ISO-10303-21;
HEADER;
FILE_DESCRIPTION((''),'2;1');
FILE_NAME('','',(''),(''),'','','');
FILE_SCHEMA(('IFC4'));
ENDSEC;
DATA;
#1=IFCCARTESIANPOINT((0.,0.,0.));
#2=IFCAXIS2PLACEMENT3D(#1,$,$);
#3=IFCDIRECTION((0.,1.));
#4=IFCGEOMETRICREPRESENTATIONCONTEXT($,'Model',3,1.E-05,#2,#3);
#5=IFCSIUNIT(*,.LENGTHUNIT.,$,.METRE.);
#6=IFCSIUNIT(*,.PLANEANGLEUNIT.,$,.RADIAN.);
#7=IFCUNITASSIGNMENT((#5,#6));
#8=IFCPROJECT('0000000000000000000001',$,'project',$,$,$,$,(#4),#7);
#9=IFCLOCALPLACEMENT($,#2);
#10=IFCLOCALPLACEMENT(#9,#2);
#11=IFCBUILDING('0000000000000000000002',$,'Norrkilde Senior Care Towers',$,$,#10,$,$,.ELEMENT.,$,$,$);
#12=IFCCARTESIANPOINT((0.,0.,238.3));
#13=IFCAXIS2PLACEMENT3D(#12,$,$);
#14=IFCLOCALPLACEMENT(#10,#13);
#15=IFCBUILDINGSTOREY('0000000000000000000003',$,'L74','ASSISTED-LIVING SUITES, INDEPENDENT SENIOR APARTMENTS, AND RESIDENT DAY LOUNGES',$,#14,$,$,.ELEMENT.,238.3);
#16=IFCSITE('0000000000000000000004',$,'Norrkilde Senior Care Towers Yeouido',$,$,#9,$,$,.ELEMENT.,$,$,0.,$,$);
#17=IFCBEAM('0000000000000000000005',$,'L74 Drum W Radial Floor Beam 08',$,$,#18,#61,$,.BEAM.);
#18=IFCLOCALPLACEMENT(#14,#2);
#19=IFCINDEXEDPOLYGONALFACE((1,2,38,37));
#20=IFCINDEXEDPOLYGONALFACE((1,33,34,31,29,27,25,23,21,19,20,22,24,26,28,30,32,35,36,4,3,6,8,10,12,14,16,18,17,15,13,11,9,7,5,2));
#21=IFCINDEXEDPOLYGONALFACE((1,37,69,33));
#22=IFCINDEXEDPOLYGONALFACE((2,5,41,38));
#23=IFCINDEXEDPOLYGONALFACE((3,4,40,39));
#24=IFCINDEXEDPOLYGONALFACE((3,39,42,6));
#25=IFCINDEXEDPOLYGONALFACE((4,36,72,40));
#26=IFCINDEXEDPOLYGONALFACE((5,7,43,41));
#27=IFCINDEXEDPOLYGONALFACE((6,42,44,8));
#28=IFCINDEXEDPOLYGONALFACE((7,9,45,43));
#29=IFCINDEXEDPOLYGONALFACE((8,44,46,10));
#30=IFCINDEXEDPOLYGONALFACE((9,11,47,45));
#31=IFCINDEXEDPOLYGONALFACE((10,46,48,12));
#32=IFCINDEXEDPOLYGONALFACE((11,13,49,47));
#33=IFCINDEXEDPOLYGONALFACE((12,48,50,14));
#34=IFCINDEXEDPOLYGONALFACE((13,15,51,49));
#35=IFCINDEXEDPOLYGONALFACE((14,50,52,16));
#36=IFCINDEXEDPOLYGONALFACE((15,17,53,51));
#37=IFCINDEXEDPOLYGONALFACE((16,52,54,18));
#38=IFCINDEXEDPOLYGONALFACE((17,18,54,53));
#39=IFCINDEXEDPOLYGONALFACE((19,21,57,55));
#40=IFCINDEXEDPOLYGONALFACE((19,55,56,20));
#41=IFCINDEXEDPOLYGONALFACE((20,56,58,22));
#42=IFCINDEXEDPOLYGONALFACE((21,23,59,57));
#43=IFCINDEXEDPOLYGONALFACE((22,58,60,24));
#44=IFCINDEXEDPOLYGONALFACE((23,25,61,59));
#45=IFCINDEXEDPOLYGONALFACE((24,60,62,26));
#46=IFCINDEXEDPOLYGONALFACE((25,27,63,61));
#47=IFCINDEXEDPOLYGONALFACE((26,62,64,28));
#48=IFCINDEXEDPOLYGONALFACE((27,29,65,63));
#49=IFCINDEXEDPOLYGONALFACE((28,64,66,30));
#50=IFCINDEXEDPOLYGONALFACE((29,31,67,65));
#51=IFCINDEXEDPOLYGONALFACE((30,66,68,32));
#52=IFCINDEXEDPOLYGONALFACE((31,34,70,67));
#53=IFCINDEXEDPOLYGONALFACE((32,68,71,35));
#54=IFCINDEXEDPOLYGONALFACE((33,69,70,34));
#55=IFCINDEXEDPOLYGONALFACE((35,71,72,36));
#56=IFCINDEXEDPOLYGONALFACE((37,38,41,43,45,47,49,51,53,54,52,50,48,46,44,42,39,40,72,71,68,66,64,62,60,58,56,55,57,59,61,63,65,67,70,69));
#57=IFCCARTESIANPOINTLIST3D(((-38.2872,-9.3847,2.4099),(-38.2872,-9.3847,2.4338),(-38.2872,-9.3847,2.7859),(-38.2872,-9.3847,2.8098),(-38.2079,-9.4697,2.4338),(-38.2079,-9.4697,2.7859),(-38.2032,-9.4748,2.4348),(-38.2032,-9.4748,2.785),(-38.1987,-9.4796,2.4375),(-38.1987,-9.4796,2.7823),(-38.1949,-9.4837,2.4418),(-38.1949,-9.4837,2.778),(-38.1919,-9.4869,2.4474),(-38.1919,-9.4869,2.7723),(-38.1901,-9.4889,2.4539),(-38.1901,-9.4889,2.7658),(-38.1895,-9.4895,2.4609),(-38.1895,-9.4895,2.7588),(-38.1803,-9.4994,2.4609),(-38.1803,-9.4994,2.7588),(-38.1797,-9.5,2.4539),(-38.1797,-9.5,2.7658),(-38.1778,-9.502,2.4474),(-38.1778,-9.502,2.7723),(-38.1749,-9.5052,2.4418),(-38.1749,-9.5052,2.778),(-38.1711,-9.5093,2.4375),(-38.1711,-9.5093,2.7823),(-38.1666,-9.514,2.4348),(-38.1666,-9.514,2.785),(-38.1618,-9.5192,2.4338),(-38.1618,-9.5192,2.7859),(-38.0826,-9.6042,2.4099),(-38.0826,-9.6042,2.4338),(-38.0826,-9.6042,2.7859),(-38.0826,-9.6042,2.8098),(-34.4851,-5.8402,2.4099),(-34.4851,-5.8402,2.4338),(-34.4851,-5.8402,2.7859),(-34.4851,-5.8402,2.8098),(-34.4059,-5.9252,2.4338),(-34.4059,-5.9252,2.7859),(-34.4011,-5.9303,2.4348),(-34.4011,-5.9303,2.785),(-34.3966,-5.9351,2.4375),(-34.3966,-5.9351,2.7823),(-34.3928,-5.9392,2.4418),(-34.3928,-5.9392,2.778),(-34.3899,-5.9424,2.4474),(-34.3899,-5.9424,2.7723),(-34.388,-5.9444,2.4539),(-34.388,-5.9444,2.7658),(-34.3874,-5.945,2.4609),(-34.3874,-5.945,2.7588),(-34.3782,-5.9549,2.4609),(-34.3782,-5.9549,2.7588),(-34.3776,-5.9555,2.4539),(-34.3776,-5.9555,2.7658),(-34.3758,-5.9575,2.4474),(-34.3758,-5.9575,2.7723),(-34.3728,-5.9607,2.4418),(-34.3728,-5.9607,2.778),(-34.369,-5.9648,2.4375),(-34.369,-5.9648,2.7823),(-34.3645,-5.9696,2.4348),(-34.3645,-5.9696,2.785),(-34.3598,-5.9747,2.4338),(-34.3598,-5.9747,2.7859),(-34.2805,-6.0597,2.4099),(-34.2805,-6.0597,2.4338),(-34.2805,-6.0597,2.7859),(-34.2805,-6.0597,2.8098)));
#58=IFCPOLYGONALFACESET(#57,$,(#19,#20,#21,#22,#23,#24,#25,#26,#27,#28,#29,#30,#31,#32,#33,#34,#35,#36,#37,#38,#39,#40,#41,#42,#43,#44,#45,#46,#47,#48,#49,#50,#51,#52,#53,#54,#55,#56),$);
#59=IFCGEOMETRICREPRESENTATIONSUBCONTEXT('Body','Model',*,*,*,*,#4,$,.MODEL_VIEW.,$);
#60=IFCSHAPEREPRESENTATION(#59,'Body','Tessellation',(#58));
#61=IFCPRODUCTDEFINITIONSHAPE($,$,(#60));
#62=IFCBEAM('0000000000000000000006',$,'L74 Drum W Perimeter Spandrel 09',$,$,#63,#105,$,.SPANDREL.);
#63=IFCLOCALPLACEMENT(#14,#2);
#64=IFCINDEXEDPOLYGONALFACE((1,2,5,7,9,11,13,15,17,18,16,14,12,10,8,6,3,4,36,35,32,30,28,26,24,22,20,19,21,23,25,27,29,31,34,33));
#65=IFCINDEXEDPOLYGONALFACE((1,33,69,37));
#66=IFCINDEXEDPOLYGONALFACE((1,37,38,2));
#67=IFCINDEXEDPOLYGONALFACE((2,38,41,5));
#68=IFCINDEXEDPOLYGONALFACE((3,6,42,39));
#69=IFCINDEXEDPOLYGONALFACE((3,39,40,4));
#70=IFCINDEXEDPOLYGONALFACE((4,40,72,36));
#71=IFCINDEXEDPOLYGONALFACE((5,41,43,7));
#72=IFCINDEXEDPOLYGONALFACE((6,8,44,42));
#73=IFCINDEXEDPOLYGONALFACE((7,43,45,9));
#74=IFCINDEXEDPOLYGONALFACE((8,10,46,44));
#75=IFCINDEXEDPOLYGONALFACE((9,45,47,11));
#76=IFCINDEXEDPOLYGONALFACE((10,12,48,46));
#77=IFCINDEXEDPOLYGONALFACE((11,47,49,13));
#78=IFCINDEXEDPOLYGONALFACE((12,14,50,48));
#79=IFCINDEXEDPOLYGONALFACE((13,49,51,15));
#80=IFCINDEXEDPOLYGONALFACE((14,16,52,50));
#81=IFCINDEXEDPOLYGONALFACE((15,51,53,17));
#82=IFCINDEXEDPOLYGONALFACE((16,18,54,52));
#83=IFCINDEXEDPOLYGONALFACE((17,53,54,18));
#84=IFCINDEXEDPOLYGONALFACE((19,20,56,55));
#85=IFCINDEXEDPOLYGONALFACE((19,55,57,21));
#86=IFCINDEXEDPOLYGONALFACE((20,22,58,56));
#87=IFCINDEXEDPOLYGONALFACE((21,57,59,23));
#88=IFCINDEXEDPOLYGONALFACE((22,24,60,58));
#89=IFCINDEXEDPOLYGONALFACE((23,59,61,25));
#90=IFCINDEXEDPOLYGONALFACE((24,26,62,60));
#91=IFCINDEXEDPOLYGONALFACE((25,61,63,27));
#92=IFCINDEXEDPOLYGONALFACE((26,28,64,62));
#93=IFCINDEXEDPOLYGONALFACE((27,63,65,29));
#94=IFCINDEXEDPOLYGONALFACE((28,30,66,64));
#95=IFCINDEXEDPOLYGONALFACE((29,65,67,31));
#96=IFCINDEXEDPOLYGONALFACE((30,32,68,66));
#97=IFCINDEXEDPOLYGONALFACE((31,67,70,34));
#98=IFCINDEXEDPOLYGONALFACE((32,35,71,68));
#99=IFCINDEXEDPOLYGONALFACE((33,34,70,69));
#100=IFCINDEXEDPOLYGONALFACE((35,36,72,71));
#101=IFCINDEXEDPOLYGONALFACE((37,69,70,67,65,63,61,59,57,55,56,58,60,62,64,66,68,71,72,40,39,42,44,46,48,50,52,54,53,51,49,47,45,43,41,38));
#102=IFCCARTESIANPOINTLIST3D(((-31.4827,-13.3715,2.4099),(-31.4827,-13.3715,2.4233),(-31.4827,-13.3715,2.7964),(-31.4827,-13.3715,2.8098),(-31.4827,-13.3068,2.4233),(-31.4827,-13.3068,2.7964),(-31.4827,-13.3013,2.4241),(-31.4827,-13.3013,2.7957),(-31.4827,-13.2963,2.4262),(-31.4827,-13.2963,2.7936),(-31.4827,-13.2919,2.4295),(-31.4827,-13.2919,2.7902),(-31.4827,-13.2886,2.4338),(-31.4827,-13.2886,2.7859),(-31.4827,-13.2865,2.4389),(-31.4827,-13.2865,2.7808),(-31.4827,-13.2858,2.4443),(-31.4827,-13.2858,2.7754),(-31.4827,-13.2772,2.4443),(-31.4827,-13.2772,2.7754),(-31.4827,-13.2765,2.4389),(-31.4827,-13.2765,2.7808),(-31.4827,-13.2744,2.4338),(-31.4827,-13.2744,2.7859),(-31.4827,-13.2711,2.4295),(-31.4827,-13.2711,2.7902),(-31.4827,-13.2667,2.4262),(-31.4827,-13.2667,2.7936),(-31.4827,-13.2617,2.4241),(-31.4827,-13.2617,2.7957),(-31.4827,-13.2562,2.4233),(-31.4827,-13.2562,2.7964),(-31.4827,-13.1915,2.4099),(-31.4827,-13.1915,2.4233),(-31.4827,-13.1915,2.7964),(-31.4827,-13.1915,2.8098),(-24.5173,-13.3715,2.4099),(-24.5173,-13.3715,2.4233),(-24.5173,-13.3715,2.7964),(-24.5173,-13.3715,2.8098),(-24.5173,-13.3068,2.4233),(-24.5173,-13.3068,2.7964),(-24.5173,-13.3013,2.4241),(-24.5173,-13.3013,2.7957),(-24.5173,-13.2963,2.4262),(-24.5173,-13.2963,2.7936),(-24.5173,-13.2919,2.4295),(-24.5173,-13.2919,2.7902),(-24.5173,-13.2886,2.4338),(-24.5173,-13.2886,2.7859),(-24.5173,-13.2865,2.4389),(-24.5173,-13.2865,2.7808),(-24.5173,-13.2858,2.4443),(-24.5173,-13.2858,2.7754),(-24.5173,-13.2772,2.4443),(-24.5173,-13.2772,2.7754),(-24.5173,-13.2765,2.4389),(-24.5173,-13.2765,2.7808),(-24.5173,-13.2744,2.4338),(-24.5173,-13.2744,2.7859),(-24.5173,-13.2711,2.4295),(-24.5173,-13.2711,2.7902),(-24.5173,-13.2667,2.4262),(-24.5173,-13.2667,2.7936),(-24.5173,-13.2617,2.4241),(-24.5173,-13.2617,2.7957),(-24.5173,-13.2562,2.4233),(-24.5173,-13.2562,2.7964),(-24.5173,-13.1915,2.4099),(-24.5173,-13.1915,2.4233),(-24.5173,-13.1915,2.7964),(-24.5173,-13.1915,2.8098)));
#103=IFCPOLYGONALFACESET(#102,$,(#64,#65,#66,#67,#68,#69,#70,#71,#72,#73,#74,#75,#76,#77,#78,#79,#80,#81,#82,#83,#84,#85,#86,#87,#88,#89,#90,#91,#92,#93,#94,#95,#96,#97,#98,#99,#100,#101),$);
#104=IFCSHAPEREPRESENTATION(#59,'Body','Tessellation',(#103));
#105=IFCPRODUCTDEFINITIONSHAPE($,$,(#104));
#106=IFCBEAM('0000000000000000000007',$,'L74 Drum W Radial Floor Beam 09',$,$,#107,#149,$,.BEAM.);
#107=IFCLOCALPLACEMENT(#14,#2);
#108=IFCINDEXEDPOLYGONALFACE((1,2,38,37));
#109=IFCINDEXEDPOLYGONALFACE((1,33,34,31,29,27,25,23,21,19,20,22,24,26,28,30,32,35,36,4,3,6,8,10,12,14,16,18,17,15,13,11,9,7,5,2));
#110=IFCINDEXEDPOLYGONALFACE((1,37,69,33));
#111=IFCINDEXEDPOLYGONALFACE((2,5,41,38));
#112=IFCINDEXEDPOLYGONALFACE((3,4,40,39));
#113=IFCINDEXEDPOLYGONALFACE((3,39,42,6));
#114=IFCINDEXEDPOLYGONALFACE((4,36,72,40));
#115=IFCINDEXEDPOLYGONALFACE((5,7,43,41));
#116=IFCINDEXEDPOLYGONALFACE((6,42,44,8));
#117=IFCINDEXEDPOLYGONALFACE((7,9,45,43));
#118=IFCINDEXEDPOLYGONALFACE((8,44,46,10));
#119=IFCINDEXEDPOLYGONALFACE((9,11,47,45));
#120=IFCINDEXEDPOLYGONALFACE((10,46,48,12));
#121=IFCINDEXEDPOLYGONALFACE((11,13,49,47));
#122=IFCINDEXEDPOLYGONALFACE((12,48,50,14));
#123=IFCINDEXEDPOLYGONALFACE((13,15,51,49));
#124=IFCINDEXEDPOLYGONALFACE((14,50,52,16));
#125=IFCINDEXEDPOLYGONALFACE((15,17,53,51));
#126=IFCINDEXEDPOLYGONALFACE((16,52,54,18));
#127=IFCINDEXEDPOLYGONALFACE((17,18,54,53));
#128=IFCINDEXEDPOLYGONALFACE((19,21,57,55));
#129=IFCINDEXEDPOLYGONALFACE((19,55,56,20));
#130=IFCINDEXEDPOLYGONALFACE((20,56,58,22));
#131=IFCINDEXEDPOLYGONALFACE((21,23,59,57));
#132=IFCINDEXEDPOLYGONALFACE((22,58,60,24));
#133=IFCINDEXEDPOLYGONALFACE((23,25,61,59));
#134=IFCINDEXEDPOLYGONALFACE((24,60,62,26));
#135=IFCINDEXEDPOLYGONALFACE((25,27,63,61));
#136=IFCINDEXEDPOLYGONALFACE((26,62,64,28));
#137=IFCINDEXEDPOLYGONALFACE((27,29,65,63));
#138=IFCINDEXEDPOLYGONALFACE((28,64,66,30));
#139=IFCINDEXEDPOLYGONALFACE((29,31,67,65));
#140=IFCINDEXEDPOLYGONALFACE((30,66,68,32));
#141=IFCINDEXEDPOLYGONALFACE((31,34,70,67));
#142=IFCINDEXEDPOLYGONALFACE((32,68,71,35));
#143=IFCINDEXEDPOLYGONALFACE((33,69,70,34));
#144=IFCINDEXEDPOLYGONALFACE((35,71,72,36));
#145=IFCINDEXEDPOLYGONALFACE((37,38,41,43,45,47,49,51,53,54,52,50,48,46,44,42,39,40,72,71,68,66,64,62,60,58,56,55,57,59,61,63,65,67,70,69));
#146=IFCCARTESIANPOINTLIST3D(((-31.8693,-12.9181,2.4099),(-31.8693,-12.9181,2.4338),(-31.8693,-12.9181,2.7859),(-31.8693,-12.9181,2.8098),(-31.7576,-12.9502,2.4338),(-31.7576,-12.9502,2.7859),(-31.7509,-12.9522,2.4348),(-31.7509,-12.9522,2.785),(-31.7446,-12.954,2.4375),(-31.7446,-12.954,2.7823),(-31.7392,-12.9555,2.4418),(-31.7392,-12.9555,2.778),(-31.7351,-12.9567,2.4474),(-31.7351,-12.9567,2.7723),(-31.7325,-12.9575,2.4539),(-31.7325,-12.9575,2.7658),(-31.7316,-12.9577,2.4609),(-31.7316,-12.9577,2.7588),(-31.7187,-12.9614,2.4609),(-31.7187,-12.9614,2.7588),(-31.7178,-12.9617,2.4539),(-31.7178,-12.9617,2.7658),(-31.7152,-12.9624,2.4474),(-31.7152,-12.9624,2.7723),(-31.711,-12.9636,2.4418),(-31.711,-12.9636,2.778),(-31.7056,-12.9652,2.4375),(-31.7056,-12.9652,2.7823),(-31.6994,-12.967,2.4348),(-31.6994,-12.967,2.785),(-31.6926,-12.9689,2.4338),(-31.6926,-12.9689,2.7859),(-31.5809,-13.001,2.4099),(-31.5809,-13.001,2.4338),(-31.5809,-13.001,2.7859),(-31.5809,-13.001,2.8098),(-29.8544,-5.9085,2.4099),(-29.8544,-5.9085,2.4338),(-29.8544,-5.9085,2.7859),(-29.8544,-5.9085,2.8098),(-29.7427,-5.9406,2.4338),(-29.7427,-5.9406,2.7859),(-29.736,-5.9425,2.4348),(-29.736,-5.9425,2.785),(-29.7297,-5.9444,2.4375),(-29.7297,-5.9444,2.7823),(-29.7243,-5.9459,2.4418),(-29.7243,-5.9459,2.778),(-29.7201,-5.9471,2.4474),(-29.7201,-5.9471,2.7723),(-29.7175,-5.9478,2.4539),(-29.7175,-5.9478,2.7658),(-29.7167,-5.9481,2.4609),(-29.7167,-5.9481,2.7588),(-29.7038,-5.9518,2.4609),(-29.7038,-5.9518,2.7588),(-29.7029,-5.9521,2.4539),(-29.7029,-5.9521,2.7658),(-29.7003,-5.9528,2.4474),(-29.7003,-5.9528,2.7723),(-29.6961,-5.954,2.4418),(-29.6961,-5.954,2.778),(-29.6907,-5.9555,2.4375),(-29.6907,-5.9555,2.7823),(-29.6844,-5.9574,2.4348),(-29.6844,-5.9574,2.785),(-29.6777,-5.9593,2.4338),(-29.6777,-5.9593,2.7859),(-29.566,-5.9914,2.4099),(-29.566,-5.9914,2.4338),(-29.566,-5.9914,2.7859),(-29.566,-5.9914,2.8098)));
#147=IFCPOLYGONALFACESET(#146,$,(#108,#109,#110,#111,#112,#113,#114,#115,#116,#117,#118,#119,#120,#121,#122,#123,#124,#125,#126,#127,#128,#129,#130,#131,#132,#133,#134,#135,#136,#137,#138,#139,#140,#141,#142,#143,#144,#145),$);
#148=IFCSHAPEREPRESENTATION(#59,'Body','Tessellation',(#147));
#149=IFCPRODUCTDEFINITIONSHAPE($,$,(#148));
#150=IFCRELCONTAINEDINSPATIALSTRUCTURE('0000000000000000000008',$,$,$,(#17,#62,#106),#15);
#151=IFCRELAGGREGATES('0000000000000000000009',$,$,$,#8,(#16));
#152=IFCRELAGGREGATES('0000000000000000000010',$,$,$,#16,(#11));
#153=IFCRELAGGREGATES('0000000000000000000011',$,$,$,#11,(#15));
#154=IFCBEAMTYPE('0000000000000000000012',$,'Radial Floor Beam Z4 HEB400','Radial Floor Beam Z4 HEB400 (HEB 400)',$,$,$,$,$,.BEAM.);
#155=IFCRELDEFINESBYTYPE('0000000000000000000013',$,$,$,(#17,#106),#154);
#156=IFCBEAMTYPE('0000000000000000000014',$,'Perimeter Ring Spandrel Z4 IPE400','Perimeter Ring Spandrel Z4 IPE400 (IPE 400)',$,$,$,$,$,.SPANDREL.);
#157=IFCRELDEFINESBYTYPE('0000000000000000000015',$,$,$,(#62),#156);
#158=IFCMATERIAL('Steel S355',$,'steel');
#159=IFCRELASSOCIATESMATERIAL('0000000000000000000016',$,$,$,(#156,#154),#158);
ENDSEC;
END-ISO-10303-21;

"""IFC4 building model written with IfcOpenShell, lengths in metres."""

from ifc_helpers import new_model, si_unit, direction, frame, origin, origin_2d, place, context, subcontext, project, spatial, i_section, extrude, source, transform, mapped, material, material_profile, profile_set, type_object, type_shapes, element, save


model = new_model("IFC4")

# Units and contexts
model_context = context("Model", 3, precision=1e-05, world=origin(), true_north=direction((0.0, 1.0)))
body_context = subcontext(model_context, "Body", "Model", "MODEL_VIEW")
ifc_project = project(units=[si_unit("LENGTHUNIT", "METRE"), si_unit("PLANEANGLEUNIT", "RADIAN")], contexts=[model_context])

# Site, building, storey
site_placement = place(None, origin())
site = spatial("IfcSite", under=ifc_project, at=site_placement, Name="Norrkilde Senior Care Towers Yeouido", CompositionType="ELEMENT", RefElevation=0.0)
building_placement = place(site_placement, origin())
building = spatial("IfcBuilding", under=site, at=building_placement, Name="Norrkilde Senior Care Towers", CompositionType="ELEMENT")
storey_placement = place(building_placement, frame((0.0, 0.0, 238.3)))
storey = spatial("IfcBuildingStorey", under=building, at=storey_placement, Name="L74", Description="ASSISTED-LIVING SUITES, INDEPENDENT SENIOR APARTMENTS, AND RESIDENT DAY LOUNGES", CompositionType="ELEMENT", Elevation=238.3)

# Beams
ifc_material_1 = material(Name="Steel S355", Category="steel")
ifc_material_profile_1 = material_profile(ifc_material_1, i_section(OverallWidth=0.1799, OverallDepth=0.3999, WebThickness=0.0085, FlangeThickness=0.0134, FilletRadius=0.021, at=origin_2d()), Name="IPE 400")
ifc_profile_set_1 = profile_set([ifc_material_profile_1], Name="Steel S355")
beam_type_1 = type_object("IfcBeamType", Name="Perimeter Ring Spandrel Z4 IPE400", Description="Perimeter Ring Spandrel Z4 IPE400 (IPE 400)", PredefinedType="SPANDREL", material=ifc_profile_set_1)
ifc_material_profile_2 = material_profile(ifc_material_1, i_section(OverallWidth=0.3, OverallDepth=0.3999, WebThickness=0.0134, FlangeThickness=0.0239, FilletRadius=0.0271, at=origin_2d()), Name="HEB 400")
ifc_profile_set_2 = profile_set([ifc_material_profile_2], Name="Steel S355")
beam_type_2 = type_object("IfcBeamType", Name="Radial Floor Beam Z4 HEB400", Description="Radial Floor Beam Z4 HEB400 (HEB 400)", PredefinedType="BEAM", material=ifc_profile_set_2)
shared_shape_1 = source(origin(), body_context, "Body", "SweptSolid", [
    extrude(i_section(OverallWidth=0.3, OverallDepth=0.3999, WebThickness=0.0134, FlangeThickness=0.0239, FilletRadius=0.0271, at=origin_2d()), origin(), (0.0, 0.0, 1.0), 5.198),
])
beam_1_placement = place(storey_placement, frame((-34.3828, -5.95, 2.6099), z_axis=(-0.731449, -0.681896, 0.0), x_axis=(0.681896, -0.731449, 0.0)))
element("IfcBeam", 1, at=beam_1_placement, inside=storey, type_object=beam_type_2, Name="L74 Drum W Radial Floor Beam 08", PredefinedType="BEAM", context=body_context, shape_type="MappedRepresentation", body=[
    mapped(shared_shape_1, transform((0.0, 0.0, 0.0), x_axis=(1.0, 0.0, 0.0), y_axis=(0.0, 1.0, 0.0), z_axis=(0.0, 0.0, 1.0), scale=1.0)),
])
shared_shape_2 = source(origin(), body_context, "Body", "SweptSolid", [
    extrude(i_section(OverallWidth=0.1799, OverallDepth=0.3999, WebThickness=0.0085, FlangeThickness=0.0134, FilletRadius=0.021, at=origin_2d()), origin(), (0.0, 0.0, 1.0), 6.9653),
])
beam_2_placement = place(storey_placement, frame((-31.4827, -13.2815, 2.6099), z_axis=(1.0, 0.0, 0.0), x_axis=(0.0, 1.0, 0.0)))
element("IfcBeam", 2, at=beam_2_placement, inside=storey, type_object=beam_type_1, Name="L74 Drum W Perimeter Spandrel 09", PredefinedType="SPANDREL", context=body_context, shape_type="MappedRepresentation", body=[
    mapped(shared_shape_2, transform((0.0, 0.0, 0.0), x_axis=(1.0, 0.0, 0.0), y_axis=(0.0, 1.0, 0.0), z_axis=(0.0, 0.0, 1.0), scale=1.0)),
])
shared_shape_3 = source(origin(), body_context, "Body", "SweptSolid", [
    extrude(i_section(OverallWidth=0.3, OverallDepth=0.3999, WebThickness=0.0134, FlangeThickness=0.0239, FilletRadius=0.0271, at=origin_2d()), origin(), (0.0, 0.0, 1.0), 7.2935),
])
type_shapes(beam_type_2, [shared_shape_1, shared_shape_3])
beam_3_placement = place(storey_placement, frame((-29.7102, -5.95, 2.6099), z_axis=(-0.276264, -0.961082, 0.0), x_axis=(0.961082, -0.276264, 0.0)))
element("IfcBeam", 3, at=beam_3_placement, inside=storey, type_object=beam_type_2, Name="L74 Drum W Radial Floor Beam 09", PredefinedType="BEAM", context=body_context, shape_type="MappedRepresentation", body=[
    mapped(shared_shape_3, transform((0.0, 0.0, 0.0), x_axis=(1.0, 0.0, 0.0), y_axis=(0.0, 1.0, 0.0), z_axis=(0.0, 0.0, 1.0), scale=1.0)),
])

save(model, "model.ifc")
